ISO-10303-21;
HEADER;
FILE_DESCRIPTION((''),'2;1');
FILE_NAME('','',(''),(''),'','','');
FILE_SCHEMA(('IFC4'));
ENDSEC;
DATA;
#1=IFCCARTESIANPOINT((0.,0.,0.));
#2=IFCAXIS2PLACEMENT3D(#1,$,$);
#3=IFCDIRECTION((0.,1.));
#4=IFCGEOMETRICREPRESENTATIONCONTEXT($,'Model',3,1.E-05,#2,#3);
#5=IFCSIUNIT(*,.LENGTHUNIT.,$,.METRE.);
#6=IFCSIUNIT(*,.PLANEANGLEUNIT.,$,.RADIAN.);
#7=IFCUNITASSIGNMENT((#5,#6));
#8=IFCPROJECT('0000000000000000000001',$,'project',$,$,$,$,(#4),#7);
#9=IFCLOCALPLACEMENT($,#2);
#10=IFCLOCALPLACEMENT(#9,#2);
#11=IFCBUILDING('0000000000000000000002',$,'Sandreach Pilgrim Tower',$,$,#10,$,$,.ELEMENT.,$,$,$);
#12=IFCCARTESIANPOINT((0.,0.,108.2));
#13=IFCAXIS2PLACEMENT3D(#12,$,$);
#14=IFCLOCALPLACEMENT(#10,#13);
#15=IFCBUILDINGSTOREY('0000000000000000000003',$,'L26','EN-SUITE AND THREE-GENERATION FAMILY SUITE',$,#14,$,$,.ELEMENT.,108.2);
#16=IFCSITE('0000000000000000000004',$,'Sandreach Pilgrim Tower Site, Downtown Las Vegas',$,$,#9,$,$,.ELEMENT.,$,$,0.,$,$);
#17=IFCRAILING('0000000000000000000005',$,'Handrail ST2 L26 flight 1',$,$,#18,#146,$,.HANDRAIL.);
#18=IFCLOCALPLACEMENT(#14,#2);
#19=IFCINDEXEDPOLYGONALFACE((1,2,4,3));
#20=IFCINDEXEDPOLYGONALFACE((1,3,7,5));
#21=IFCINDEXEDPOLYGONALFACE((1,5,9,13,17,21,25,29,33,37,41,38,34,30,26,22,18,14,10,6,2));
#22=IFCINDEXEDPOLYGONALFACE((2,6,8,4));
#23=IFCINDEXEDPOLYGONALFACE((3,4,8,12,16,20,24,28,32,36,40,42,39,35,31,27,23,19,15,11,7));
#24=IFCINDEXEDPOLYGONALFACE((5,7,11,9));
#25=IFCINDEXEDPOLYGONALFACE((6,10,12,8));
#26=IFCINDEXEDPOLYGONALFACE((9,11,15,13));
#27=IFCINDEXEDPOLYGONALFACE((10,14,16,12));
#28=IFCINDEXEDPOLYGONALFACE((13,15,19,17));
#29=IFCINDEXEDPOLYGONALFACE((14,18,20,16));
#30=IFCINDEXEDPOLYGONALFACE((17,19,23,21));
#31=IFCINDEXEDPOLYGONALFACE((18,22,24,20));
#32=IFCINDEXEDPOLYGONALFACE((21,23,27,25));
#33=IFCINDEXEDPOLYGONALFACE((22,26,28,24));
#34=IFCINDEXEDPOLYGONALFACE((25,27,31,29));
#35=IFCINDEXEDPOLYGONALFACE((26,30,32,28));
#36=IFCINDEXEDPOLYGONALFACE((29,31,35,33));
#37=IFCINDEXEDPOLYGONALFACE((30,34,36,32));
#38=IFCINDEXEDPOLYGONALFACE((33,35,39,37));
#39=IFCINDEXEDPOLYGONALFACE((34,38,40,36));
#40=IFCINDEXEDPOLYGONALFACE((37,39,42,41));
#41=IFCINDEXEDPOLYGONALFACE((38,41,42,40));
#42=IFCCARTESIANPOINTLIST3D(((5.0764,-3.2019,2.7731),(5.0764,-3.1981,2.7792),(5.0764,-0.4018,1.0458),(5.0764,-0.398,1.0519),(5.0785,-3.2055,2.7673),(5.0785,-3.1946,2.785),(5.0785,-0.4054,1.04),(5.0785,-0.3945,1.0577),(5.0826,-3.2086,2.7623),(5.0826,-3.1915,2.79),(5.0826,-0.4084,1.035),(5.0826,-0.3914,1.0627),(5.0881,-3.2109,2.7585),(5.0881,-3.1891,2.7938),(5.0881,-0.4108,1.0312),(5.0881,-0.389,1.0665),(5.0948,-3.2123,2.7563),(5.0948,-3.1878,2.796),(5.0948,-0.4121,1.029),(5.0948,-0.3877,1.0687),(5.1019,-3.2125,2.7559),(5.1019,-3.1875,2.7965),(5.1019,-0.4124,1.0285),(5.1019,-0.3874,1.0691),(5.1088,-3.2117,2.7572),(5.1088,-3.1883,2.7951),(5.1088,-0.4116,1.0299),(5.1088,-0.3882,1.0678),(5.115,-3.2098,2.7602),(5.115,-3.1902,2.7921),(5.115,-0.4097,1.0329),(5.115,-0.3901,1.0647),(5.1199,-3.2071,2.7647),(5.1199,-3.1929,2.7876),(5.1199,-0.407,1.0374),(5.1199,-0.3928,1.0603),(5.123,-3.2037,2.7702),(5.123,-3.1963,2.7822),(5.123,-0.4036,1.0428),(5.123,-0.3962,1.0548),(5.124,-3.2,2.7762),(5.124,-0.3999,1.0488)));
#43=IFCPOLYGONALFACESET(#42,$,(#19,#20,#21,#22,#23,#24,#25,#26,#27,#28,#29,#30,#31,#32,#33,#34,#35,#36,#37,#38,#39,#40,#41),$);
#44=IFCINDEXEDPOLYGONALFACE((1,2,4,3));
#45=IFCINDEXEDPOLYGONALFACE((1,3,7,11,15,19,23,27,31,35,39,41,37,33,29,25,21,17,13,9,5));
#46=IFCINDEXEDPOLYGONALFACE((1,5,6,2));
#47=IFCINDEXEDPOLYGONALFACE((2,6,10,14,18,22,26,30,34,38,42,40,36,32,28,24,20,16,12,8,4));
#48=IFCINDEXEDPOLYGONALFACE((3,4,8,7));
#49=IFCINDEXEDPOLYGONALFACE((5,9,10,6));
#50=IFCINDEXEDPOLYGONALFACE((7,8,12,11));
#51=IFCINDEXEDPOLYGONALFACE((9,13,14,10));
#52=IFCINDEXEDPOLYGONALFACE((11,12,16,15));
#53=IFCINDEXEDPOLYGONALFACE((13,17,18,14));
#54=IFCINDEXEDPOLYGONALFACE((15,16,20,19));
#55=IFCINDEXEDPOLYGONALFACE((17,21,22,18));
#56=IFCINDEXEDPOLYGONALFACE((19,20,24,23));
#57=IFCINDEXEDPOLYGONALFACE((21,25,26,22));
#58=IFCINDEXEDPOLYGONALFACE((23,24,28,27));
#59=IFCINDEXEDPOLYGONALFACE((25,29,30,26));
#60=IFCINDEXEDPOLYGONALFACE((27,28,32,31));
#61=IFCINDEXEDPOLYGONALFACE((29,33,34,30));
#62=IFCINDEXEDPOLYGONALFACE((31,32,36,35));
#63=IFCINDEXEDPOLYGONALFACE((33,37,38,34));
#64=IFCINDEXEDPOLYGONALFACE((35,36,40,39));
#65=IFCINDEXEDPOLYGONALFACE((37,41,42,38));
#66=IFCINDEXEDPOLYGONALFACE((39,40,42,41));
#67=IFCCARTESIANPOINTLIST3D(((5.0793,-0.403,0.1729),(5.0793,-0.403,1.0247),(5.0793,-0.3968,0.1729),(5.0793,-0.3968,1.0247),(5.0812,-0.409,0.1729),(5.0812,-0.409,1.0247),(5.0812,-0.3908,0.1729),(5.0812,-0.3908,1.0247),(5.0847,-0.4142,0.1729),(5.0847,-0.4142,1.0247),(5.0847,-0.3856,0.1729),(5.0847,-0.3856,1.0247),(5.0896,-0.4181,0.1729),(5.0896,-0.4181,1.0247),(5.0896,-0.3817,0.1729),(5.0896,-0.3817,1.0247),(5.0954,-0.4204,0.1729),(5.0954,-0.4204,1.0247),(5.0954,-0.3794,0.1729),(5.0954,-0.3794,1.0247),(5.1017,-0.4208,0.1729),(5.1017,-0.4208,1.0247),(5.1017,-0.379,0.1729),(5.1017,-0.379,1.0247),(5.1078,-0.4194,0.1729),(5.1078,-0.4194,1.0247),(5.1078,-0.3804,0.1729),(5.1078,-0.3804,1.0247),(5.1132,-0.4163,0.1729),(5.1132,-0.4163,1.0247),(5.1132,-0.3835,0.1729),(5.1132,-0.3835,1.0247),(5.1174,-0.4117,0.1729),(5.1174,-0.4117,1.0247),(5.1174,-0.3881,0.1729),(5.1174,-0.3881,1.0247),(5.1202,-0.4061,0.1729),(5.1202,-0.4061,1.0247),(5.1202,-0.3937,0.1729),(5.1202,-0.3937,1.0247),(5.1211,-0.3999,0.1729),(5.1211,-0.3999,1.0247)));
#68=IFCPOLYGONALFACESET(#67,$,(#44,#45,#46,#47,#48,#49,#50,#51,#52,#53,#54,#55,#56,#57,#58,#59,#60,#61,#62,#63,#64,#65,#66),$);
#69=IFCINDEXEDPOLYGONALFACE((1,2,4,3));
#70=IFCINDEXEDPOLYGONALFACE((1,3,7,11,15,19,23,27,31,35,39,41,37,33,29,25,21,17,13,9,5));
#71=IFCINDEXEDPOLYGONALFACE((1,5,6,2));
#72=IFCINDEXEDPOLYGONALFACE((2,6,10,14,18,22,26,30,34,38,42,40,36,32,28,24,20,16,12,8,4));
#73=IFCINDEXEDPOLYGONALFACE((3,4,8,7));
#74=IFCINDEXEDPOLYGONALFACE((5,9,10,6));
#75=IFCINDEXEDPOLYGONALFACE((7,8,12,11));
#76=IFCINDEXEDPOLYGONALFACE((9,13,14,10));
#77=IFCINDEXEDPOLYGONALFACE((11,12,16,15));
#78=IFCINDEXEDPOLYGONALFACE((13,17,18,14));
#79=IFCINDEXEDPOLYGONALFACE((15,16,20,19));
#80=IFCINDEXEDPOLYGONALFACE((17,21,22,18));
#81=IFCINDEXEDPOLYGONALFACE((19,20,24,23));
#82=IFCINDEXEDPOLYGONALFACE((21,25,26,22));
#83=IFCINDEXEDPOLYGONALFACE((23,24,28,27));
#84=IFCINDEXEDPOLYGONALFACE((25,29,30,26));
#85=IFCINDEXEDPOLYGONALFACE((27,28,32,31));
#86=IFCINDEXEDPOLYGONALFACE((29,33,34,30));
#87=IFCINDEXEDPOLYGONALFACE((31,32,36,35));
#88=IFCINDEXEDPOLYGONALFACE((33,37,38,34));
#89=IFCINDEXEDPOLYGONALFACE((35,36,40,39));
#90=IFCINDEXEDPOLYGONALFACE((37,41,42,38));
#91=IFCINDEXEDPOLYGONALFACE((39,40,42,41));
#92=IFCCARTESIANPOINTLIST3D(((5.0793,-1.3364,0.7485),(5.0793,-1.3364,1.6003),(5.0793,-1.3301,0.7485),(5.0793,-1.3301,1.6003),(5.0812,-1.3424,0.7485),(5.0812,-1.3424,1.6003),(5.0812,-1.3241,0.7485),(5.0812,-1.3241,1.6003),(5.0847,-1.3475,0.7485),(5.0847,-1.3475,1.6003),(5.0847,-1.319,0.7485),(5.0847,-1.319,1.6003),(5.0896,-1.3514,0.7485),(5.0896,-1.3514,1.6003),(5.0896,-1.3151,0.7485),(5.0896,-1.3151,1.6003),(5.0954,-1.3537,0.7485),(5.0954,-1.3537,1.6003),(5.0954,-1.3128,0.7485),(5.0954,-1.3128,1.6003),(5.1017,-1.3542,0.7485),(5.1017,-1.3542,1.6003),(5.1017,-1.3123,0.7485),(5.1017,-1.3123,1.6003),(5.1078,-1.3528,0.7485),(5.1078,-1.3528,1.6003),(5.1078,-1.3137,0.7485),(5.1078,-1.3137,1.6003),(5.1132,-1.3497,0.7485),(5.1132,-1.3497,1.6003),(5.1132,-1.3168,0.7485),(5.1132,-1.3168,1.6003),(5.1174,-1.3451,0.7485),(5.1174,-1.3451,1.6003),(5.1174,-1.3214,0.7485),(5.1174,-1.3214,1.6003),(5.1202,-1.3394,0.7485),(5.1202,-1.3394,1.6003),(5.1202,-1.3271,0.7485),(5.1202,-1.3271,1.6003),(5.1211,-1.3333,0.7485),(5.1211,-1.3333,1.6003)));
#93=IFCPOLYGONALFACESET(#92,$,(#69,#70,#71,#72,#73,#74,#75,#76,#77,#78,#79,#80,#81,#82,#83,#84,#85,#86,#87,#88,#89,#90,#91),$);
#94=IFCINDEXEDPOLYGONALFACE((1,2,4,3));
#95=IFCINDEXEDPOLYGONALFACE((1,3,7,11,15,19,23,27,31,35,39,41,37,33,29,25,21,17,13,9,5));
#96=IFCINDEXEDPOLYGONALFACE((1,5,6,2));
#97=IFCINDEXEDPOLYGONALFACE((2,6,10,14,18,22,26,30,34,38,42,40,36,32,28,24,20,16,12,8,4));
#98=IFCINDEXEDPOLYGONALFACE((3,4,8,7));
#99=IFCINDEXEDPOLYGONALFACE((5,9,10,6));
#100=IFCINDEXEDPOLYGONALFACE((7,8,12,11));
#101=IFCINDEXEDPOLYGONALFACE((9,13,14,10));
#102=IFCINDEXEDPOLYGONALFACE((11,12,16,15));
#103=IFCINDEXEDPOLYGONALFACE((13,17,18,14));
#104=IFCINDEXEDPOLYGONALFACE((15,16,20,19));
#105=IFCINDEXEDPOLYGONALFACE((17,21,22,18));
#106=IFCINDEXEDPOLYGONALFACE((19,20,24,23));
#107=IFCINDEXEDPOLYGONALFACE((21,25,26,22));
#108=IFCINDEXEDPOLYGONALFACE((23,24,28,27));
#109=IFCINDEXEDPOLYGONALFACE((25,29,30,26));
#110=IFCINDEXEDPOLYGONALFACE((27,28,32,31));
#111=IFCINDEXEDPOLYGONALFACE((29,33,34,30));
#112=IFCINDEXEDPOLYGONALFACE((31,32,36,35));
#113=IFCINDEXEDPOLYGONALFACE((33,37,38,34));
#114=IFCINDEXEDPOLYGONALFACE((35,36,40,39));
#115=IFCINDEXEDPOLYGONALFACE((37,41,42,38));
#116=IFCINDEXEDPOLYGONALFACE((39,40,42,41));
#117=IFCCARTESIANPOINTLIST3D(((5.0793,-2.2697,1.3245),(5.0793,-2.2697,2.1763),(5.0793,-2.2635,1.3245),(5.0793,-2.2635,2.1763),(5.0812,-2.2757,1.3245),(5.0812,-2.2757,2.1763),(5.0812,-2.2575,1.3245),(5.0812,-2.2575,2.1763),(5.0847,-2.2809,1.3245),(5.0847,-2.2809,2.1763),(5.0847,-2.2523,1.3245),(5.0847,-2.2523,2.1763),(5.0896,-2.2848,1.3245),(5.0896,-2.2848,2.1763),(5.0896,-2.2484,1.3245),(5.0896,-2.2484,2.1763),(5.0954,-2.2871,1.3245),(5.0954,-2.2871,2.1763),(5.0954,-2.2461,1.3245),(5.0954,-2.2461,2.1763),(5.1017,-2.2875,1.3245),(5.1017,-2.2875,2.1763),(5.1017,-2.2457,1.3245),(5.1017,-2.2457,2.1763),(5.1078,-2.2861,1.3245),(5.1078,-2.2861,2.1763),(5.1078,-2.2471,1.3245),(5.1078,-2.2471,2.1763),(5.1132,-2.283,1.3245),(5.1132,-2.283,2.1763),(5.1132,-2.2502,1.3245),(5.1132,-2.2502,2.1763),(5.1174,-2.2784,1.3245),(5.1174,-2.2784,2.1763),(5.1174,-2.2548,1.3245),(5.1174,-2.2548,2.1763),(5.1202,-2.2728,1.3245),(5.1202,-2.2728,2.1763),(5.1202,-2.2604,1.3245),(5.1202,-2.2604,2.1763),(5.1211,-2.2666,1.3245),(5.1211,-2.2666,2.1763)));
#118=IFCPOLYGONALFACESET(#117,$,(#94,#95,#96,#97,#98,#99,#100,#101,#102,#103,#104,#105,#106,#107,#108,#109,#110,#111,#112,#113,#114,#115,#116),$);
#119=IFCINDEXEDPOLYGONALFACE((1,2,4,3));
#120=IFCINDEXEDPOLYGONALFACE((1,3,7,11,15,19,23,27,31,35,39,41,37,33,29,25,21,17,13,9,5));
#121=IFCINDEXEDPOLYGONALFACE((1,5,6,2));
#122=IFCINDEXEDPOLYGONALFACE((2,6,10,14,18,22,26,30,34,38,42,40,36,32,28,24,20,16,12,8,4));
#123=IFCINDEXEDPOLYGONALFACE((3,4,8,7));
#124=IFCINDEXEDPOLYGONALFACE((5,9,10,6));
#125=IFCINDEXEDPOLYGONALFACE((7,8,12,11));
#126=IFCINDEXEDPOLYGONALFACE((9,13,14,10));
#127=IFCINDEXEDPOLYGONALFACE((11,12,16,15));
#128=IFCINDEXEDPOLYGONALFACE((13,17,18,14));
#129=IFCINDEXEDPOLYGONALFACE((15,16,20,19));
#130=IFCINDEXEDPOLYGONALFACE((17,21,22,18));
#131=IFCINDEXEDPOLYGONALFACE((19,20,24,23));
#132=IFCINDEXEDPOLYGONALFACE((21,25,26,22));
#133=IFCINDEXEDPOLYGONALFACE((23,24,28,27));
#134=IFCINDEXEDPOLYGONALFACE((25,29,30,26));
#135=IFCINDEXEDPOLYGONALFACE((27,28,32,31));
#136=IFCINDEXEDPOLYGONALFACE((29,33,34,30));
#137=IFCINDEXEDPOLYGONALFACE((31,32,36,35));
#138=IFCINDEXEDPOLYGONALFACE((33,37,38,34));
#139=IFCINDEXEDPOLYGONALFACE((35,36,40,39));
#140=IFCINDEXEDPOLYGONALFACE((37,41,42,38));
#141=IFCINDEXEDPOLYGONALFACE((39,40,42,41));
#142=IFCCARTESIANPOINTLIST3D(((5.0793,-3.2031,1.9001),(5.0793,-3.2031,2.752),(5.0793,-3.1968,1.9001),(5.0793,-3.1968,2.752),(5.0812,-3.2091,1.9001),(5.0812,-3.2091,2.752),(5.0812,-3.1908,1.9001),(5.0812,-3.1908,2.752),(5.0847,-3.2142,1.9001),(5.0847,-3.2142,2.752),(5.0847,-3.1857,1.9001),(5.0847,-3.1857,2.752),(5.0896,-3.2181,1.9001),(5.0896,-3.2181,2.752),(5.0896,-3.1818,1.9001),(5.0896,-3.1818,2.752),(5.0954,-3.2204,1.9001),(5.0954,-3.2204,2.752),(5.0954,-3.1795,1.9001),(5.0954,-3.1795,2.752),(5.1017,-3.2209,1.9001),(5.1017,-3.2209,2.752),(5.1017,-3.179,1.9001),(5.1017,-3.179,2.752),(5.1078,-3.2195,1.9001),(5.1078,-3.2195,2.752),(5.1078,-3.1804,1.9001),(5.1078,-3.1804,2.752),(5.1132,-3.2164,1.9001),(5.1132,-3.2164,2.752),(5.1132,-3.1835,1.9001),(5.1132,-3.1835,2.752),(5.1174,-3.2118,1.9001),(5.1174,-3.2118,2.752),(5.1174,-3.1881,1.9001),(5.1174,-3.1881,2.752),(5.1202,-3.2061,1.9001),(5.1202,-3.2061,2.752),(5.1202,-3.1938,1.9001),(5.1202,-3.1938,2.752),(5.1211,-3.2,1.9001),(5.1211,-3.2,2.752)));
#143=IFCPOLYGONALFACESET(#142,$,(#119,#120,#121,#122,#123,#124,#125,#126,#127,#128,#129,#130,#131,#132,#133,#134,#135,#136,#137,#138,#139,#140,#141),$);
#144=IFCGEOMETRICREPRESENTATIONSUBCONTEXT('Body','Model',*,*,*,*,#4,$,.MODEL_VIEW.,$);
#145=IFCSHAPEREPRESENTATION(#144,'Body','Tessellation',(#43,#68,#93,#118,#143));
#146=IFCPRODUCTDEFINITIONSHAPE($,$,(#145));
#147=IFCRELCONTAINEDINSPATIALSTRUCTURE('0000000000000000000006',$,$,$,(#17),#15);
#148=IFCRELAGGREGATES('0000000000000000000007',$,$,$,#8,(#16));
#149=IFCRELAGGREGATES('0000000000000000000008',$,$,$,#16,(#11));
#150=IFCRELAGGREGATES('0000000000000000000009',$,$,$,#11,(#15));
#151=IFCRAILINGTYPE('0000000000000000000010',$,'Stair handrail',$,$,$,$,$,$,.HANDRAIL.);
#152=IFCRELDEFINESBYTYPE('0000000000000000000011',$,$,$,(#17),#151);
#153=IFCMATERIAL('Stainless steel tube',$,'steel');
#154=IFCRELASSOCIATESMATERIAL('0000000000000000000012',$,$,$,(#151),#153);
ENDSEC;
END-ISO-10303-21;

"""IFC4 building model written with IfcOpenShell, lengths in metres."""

from ifc_helpers import new_model, si_unit, direction, frame, origin, origin_2d, place, context, subcontext, project, spatial, circle, extrude, material, type_object, element, save


model = new_model("IFC4")

# Units and contexts
model_context = context("Model", 3, precision=1e-05, world=origin(), true_north=direction((0.0, 1.0)))
body_context = subcontext(model_context, "Body", "Model", "MODEL_VIEW")
ifc_project = project(units=[si_unit("LENGTHUNIT", "METRE"), si_unit("PLANEANGLEUNIT", "RADIAN")], contexts=[model_context])

# Site, building, storey
site_placement = place(None, origin())
site = spatial("IfcSite", under=ifc_project, at=site_placement, Name="Sandreach Pilgrim Tower Site, Downtown Las Vegas", CompositionType="ELEMENT", RefElevation=0.0)
building_placement = place(site_placement, origin())
building = spatial("IfcBuilding", under=site, at=building_placement, Name="Sandreach Pilgrim Tower", CompositionType="ELEMENT")
storey_placement = place(building_placement, frame((0.0, 0.0, 108.2)))
storey = spatial("IfcBuildingStorey", under=building, at=storey_placement, Name="L26", Description="EN-SUITE AND THREE-GENERATION FAMILY SUITE", CompositionType="ELEMENT", Elevation=108.2)

# Railing
ifc_material_1 = material(Name="Stainless steel tube", Category="steel")
railing_type = type_object("IfcRailingType", Name="Stair handrail", PredefinedType="HANDRAIL", material=ifc_material_1)
for number, where, name in (
    (1, (5.1001, -0.3999, 0.1729), "Handrail ST2 L26 flight 1"),
):
    element("IfcRailing", number, at=place(storey_placement, frame(where)), inside=storey, type_object=railing_type, Name=name, PredefinedType="HANDRAIL", context=body_context, shape_type="SweptSolid", body=[
        extrude(circle(Radius=0.0239, at=origin_2d()), frame((0.0, 0.0, 0.876), z_axis=(0.0, -0.85109, 0.52502), x_axis=(1.0, 0.0, 0.0)), (0.0, 0.0, 1.0), 3.29),
        extrude(circle(Radius=0.021, at=origin_2d()), origin(), (0.0, 0.0, 1.0), 0.8518),
        extrude(circle(Radius=0.021, at=origin_2d()), frame((0.0, -0.9333, 0.5757)), (0.0, 0.0, 1.0), 0.8518),
        extrude(circle(Radius=0.021, at=origin_2d()), frame((0.0, -1.8667, 1.1516)), (0.0, 0.0, 1.0), 0.8518),
        extrude(circle(Radius=0.021, at=origin_2d()), frame((0.0, -2.8, 1.7273)), (0.0, 0.0, 1.0), 0.8518),
    ])

save(model, "model.ifc")
